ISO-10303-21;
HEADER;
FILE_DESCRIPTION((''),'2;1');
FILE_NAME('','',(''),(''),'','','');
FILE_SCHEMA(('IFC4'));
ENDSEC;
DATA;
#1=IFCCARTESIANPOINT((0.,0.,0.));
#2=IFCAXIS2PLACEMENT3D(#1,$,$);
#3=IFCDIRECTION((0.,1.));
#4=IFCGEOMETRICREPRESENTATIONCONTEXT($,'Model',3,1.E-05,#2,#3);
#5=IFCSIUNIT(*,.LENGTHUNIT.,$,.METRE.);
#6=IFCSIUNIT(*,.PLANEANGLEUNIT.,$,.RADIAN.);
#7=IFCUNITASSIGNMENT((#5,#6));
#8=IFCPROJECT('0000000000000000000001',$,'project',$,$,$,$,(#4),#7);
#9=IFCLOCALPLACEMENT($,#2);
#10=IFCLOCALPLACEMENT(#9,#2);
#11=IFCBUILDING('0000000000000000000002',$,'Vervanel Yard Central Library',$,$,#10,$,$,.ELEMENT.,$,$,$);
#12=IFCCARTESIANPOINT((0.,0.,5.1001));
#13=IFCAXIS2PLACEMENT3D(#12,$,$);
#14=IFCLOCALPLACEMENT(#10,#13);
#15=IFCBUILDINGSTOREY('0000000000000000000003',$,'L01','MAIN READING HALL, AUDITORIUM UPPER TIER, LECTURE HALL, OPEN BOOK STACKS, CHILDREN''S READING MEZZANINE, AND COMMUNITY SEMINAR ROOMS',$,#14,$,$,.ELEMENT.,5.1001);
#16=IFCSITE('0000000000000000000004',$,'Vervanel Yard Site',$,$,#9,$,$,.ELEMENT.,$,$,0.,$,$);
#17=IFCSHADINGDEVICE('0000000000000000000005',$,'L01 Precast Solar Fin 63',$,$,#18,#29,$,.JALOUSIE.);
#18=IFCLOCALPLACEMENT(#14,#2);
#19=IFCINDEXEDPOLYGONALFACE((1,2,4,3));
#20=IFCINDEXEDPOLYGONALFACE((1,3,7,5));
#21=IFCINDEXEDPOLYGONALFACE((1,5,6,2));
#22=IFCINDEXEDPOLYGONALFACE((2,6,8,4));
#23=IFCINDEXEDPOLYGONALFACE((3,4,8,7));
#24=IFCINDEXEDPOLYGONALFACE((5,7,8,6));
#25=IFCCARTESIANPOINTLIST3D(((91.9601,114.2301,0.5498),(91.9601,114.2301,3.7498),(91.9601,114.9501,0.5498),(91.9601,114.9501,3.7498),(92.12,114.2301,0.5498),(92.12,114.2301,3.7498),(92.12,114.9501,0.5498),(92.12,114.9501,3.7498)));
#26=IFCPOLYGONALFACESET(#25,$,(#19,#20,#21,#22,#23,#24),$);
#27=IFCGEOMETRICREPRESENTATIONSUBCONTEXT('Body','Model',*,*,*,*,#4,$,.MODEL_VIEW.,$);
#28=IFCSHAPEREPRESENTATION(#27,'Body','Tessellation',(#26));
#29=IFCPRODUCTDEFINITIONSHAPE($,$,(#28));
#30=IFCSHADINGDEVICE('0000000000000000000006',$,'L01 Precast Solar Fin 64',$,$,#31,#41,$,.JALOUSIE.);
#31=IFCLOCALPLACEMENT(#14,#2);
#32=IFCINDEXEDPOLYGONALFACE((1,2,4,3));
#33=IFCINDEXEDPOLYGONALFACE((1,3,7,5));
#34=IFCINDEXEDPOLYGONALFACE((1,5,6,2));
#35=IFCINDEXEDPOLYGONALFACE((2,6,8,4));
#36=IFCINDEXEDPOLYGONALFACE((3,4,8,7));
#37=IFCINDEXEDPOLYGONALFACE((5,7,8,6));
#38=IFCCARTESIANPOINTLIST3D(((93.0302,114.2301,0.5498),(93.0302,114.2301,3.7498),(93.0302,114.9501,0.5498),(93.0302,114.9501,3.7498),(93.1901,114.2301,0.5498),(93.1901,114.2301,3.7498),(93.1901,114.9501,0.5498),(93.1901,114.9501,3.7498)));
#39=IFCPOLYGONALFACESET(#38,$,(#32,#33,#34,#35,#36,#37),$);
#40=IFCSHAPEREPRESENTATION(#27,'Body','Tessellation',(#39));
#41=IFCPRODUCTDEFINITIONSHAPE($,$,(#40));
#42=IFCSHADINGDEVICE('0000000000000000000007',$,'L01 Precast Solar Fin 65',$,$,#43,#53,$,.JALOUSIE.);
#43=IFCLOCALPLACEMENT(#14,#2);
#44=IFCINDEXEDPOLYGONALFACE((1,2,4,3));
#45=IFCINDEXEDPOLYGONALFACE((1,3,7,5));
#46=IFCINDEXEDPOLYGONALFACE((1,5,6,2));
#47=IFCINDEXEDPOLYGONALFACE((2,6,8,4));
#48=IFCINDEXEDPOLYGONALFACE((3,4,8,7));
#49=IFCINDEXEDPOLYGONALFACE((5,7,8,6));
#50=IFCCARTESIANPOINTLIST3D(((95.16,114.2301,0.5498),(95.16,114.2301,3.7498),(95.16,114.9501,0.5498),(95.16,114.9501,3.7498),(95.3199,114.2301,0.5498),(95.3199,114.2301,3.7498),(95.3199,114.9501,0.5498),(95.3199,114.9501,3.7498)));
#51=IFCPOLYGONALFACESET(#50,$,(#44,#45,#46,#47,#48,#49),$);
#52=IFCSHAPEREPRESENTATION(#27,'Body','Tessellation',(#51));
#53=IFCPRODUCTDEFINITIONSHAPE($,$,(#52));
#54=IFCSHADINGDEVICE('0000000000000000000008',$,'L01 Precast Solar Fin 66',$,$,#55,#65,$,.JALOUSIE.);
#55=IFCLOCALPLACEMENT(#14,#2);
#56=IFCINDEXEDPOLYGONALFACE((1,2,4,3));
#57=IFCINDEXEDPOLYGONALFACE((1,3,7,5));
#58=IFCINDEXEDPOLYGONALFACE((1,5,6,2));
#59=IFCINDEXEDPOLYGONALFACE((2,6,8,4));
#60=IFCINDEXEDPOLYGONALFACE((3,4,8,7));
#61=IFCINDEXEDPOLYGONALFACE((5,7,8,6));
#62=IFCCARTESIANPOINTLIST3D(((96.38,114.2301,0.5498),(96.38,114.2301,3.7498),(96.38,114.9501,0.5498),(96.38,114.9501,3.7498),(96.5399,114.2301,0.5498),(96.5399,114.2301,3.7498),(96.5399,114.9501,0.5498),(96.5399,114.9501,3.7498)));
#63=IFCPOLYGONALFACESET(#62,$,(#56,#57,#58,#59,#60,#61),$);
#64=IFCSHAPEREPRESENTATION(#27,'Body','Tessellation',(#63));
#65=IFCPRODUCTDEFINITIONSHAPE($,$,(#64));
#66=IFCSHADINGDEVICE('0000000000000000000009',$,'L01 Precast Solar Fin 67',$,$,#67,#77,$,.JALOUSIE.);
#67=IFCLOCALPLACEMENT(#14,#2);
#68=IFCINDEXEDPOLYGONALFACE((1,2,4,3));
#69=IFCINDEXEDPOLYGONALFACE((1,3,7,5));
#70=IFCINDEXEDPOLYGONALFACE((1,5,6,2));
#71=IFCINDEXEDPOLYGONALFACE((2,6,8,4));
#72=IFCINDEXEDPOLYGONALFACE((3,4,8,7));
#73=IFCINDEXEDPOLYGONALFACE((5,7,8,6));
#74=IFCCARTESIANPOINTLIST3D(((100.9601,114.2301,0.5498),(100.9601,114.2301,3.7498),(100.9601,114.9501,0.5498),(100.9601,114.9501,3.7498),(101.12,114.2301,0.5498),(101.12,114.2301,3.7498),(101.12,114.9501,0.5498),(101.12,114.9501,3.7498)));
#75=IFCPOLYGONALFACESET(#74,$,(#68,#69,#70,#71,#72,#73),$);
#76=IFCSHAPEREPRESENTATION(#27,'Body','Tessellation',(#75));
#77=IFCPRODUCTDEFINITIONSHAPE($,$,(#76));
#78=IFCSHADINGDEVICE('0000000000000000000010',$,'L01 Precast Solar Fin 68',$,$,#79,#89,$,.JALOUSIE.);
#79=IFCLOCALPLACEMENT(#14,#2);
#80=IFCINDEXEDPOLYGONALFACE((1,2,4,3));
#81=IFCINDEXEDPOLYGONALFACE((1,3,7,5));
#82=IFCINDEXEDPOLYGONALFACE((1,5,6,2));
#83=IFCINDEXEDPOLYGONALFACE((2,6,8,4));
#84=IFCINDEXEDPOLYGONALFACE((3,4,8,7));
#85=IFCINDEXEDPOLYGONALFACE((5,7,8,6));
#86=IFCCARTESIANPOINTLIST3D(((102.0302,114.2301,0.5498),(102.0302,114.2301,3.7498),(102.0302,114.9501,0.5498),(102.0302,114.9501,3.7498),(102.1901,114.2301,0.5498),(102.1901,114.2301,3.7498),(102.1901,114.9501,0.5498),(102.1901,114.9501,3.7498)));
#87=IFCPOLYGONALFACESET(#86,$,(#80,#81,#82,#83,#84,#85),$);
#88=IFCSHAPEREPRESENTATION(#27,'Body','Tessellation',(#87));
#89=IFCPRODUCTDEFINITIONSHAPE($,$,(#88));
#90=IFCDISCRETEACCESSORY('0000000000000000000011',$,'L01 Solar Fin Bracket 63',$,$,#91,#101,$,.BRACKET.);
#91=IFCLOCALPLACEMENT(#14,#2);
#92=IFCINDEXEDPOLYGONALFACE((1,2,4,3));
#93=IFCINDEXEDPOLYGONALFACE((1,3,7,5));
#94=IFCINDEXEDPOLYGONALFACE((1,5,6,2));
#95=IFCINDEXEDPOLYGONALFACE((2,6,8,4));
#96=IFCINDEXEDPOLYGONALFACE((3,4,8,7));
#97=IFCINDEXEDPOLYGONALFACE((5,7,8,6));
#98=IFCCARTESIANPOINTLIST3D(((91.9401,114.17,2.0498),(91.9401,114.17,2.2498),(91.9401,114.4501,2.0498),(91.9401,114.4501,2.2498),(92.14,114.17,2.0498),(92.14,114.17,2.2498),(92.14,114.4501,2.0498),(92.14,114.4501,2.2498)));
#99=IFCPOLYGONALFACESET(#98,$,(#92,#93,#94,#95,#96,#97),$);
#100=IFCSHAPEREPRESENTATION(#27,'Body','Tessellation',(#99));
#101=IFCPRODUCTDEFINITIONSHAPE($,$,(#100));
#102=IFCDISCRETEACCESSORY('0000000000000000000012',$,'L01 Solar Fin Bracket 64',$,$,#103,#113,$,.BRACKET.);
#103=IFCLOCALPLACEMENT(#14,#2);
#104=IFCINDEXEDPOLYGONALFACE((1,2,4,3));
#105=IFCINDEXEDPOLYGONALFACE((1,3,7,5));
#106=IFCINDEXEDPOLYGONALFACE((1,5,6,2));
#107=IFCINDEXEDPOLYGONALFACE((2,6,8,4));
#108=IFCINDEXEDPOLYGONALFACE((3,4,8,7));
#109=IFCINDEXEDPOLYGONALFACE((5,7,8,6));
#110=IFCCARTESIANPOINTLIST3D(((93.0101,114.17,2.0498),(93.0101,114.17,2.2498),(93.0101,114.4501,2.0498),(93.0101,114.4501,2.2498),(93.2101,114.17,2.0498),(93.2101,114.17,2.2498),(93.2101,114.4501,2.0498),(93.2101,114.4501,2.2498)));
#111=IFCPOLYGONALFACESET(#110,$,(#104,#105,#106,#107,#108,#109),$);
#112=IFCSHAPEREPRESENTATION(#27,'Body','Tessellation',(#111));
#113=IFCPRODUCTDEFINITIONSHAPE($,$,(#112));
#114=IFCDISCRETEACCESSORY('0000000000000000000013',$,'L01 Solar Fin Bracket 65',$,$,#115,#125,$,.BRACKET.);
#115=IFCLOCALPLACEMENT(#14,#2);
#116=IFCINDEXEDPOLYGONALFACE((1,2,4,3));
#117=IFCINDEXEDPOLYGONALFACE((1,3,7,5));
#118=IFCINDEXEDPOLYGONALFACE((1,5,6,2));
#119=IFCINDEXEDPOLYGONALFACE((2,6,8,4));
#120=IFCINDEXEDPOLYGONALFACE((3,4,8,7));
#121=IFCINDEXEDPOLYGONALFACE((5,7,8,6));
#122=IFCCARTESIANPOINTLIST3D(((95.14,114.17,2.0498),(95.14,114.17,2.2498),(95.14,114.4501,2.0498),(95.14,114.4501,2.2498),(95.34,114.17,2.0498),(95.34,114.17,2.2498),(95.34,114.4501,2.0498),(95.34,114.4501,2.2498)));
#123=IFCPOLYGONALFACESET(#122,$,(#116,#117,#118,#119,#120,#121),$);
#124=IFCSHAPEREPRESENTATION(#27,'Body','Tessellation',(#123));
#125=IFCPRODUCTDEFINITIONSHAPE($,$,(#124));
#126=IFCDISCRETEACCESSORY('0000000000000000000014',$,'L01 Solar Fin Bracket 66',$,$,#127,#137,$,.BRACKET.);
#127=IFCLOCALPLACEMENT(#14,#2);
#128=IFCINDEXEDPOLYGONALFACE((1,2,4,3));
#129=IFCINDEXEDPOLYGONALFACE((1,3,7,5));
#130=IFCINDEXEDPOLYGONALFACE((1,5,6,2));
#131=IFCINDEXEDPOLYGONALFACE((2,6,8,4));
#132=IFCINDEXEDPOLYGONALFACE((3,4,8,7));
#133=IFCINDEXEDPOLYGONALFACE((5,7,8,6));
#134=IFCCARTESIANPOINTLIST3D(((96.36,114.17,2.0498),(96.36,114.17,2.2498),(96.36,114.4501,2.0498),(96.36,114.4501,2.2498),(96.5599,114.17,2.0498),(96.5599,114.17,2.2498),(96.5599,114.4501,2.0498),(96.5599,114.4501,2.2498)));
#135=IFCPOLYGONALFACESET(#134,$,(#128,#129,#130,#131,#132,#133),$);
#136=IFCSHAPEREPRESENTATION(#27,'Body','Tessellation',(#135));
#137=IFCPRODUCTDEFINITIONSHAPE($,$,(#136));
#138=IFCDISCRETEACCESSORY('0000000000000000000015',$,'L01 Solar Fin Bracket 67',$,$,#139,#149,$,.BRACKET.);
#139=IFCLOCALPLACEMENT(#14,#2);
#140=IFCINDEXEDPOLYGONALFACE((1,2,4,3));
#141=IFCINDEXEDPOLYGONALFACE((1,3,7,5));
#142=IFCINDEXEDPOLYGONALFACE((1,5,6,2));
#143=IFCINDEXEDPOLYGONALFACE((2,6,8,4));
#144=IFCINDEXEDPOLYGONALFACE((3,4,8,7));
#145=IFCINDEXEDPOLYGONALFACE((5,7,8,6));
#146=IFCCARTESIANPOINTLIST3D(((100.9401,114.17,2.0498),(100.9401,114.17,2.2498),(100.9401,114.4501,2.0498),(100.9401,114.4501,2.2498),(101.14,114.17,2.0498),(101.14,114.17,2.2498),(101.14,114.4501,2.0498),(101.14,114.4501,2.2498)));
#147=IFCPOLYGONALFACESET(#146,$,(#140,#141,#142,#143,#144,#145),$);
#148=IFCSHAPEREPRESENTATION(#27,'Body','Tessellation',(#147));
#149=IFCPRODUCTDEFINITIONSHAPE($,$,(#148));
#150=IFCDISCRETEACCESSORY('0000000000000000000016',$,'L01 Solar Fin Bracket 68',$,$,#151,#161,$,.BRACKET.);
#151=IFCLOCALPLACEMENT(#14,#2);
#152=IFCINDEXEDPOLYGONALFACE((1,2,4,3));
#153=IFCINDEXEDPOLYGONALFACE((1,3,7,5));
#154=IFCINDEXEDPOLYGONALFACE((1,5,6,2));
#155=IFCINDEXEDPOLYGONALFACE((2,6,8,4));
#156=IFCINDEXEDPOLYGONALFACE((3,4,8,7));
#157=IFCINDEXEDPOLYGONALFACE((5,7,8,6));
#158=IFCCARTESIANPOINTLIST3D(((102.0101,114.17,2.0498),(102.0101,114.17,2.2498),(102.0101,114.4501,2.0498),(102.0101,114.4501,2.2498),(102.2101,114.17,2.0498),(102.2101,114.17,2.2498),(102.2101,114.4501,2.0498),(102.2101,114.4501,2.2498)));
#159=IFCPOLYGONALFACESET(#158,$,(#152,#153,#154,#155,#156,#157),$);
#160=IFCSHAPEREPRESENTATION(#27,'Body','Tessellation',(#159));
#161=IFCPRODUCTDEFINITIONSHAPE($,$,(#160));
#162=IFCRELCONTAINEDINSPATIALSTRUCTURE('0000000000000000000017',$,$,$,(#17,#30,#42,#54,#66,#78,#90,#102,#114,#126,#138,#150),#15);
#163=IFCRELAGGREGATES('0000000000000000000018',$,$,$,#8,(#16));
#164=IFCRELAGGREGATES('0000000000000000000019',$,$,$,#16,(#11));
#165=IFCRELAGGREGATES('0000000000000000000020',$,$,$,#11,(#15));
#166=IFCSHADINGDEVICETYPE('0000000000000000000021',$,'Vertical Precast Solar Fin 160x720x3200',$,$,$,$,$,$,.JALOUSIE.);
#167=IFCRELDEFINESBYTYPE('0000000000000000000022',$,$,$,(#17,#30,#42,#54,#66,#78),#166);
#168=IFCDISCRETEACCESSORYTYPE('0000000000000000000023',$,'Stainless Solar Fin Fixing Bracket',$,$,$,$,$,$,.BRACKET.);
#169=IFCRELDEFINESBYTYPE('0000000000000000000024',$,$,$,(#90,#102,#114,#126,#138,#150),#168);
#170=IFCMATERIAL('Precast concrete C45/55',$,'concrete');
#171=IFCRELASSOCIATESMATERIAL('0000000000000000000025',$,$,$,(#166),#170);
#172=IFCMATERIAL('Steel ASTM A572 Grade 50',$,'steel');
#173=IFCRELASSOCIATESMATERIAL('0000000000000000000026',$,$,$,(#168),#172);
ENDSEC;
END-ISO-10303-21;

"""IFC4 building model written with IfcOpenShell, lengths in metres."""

from ifc_helpers import new_model, si_unit, direction, frame, origin, origin_2d, place, context, subcontext, project, spatial, rectangle, extrude, material, type_object, element, save


model = new_model("IFC4")

# Units and contexts
model_context = context("Model", 3, precision=1e-05, world=origin(), true_north=direction((0.0, 1.0)))
body_context = subcontext(model_context, "Body", "Model", "MODEL_VIEW")
ifc_project = project(units=[si_unit("LENGTHUNIT", "METRE"), si_unit("PLANEANGLEUNIT", "RADIAN")], contexts=[model_context])

# Site, building, storey
site_placement = place(None, origin())
site = spatial("IfcSite", under=ifc_project, at=site_placement, Name="Vervanel Yard Site", CompositionType="ELEMENT", RefElevation=0.0)
building_placement = place(site_placement, origin())
building = spatial("IfcBuilding", under=site, at=building_placement, Name="Vervanel Yard Central Library", CompositionType="ELEMENT")
storey_placement = place(building_placement, frame((0.0, 0.0, 5.1001)))
storey = spatial("IfcBuildingStorey", under=building, at=storey_placement, Name="L01", Description="MAIN READING HALL, AUDITORIUM UPPER TIER, LECTURE HALL, OPEN BOOK STACKS, CHILDREN'S READING MEZZANINE, AND COMMUNITY SEMINAR ROOMS", CompositionType="ELEMENT", Elevation=5.1001)

# Shared definitions
ifc_material_1 = material(Name="Precast concrete C45/55", Category="concrete")

# Shading devices
shading_device_type = type_object("IfcShadingDeviceType", Name="Vertical Precast Solar Fin 160x720x3200", PredefinedType="JALOUSIE", material=ifc_material_1)
for number, where, z_axis, x_axis, name in (
    (1, (92.04, 114.5901, 0.5498), (0.0, 0.0, 1.0), (1.0, 0.0, 0.0), "L01 Precast Solar Fin 63"),
    (2, (93.1101, 114.5901, 0.5498), (0.0, 0.0, 1.0), (1.0, 0.0, 0.0), "L01 Precast Solar Fin 64"),
    (3, (95.24, 114.5901, 0.5498), (0.0, 0.0, 1.0), (1.0, 0.0, 0.0), "L01 Precast Solar Fin 65"),
    (4, (96.46, 114.5901, 0.5498), (0.0, 0.0, 1.0), (1.0, 0.0, 0.0), "L01 Precast Solar Fin 66"),
    (5, (101.04, 114.5901, 0.5498), (0.0, 0.0, 1.0), (1.0, 0.0, 0.0), "L01 Precast Solar Fin 67"),
    (6, (102.1101, 114.5901, 0.5498), (0.0, 0.0, 1.0), (1.0, 0.0, 0.0), "L01 Precast Solar Fin 68"),
):
    element("IfcShadingDevice", number, at=place(storey_placement, frame(where, z_axis=z_axis, x_axis=x_axis)), inside=storey, type_object=shading_device_type, Name=name, PredefinedType="JALOUSIE", context=body_context, shape_type="SweptSolid", body=[
        extrude(rectangle(XDim=0.1599, YDim=0.72, at=origin_2d()), origin(), (0.0, 0.0, 1.0), 3.2),
    ])

# Discrete accessories
ifc_material_2 = material(Name="Steel ASTM A572 Grade 50", Category="steel")
discrete_accessory_type = type_object("IfcDiscreteAccessoryType", Name="Stainless Solar Fin Fixing Bracket", PredefinedType="BRACKET", material=ifc_material_2)
for number, where, z_axis, x_axis, name in (
    (7, (92.04, 114.3101, 2.0498), (0.0, 0.0, 1.0), (1.0, 0.0, 0.0), "L01 Solar Fin Bracket 63"),
    (8, (93.1101, 114.3101, 2.0498), (0.0, 0.0, 1.0), (1.0, 0.0, 0.0), "L01 Solar Fin Bracket 64"),
    (9, (95.24, 114.3101, 2.0498), (0.0, 0.0, 1.0), (1.0, 0.0, 0.0), "L01 Solar Fin Bracket 65"),
    (10, (96.46, 114.3101, 2.0498), (0.0, 0.0, 1.0), (1.0, 0.0, 0.0), "L01 Solar Fin Bracket 66"),
    (11, (101.04, 114.3101, 2.0498), (0.0, 0.0, 1.0), (1.0, 0.0, 0.0), "L01 Solar Fin Bracket 67"),
    (12, (102.1101, 114.3101, 2.0498), (0.0, 0.0, 1.0), (1.0, 0.0, 0.0), "L01 Solar Fin Bracket 68"),
):
    element("IfcDiscreteAccessory", number, at=place(storey_placement, frame(where, z_axis=z_axis, x_axis=x_axis)), inside=storey, type_object=discrete_accessory_type, Name=name, PredefinedType="BRACKET", context=body_context, shape_type="SweptSolid", body=[
        extrude(rectangle(XDim=0.2, YDim=0.28, at=origin_2d()), origin(), (0.0, 0.0, 1.0), 0.2),
    ])

save(model, "model.ifc")
